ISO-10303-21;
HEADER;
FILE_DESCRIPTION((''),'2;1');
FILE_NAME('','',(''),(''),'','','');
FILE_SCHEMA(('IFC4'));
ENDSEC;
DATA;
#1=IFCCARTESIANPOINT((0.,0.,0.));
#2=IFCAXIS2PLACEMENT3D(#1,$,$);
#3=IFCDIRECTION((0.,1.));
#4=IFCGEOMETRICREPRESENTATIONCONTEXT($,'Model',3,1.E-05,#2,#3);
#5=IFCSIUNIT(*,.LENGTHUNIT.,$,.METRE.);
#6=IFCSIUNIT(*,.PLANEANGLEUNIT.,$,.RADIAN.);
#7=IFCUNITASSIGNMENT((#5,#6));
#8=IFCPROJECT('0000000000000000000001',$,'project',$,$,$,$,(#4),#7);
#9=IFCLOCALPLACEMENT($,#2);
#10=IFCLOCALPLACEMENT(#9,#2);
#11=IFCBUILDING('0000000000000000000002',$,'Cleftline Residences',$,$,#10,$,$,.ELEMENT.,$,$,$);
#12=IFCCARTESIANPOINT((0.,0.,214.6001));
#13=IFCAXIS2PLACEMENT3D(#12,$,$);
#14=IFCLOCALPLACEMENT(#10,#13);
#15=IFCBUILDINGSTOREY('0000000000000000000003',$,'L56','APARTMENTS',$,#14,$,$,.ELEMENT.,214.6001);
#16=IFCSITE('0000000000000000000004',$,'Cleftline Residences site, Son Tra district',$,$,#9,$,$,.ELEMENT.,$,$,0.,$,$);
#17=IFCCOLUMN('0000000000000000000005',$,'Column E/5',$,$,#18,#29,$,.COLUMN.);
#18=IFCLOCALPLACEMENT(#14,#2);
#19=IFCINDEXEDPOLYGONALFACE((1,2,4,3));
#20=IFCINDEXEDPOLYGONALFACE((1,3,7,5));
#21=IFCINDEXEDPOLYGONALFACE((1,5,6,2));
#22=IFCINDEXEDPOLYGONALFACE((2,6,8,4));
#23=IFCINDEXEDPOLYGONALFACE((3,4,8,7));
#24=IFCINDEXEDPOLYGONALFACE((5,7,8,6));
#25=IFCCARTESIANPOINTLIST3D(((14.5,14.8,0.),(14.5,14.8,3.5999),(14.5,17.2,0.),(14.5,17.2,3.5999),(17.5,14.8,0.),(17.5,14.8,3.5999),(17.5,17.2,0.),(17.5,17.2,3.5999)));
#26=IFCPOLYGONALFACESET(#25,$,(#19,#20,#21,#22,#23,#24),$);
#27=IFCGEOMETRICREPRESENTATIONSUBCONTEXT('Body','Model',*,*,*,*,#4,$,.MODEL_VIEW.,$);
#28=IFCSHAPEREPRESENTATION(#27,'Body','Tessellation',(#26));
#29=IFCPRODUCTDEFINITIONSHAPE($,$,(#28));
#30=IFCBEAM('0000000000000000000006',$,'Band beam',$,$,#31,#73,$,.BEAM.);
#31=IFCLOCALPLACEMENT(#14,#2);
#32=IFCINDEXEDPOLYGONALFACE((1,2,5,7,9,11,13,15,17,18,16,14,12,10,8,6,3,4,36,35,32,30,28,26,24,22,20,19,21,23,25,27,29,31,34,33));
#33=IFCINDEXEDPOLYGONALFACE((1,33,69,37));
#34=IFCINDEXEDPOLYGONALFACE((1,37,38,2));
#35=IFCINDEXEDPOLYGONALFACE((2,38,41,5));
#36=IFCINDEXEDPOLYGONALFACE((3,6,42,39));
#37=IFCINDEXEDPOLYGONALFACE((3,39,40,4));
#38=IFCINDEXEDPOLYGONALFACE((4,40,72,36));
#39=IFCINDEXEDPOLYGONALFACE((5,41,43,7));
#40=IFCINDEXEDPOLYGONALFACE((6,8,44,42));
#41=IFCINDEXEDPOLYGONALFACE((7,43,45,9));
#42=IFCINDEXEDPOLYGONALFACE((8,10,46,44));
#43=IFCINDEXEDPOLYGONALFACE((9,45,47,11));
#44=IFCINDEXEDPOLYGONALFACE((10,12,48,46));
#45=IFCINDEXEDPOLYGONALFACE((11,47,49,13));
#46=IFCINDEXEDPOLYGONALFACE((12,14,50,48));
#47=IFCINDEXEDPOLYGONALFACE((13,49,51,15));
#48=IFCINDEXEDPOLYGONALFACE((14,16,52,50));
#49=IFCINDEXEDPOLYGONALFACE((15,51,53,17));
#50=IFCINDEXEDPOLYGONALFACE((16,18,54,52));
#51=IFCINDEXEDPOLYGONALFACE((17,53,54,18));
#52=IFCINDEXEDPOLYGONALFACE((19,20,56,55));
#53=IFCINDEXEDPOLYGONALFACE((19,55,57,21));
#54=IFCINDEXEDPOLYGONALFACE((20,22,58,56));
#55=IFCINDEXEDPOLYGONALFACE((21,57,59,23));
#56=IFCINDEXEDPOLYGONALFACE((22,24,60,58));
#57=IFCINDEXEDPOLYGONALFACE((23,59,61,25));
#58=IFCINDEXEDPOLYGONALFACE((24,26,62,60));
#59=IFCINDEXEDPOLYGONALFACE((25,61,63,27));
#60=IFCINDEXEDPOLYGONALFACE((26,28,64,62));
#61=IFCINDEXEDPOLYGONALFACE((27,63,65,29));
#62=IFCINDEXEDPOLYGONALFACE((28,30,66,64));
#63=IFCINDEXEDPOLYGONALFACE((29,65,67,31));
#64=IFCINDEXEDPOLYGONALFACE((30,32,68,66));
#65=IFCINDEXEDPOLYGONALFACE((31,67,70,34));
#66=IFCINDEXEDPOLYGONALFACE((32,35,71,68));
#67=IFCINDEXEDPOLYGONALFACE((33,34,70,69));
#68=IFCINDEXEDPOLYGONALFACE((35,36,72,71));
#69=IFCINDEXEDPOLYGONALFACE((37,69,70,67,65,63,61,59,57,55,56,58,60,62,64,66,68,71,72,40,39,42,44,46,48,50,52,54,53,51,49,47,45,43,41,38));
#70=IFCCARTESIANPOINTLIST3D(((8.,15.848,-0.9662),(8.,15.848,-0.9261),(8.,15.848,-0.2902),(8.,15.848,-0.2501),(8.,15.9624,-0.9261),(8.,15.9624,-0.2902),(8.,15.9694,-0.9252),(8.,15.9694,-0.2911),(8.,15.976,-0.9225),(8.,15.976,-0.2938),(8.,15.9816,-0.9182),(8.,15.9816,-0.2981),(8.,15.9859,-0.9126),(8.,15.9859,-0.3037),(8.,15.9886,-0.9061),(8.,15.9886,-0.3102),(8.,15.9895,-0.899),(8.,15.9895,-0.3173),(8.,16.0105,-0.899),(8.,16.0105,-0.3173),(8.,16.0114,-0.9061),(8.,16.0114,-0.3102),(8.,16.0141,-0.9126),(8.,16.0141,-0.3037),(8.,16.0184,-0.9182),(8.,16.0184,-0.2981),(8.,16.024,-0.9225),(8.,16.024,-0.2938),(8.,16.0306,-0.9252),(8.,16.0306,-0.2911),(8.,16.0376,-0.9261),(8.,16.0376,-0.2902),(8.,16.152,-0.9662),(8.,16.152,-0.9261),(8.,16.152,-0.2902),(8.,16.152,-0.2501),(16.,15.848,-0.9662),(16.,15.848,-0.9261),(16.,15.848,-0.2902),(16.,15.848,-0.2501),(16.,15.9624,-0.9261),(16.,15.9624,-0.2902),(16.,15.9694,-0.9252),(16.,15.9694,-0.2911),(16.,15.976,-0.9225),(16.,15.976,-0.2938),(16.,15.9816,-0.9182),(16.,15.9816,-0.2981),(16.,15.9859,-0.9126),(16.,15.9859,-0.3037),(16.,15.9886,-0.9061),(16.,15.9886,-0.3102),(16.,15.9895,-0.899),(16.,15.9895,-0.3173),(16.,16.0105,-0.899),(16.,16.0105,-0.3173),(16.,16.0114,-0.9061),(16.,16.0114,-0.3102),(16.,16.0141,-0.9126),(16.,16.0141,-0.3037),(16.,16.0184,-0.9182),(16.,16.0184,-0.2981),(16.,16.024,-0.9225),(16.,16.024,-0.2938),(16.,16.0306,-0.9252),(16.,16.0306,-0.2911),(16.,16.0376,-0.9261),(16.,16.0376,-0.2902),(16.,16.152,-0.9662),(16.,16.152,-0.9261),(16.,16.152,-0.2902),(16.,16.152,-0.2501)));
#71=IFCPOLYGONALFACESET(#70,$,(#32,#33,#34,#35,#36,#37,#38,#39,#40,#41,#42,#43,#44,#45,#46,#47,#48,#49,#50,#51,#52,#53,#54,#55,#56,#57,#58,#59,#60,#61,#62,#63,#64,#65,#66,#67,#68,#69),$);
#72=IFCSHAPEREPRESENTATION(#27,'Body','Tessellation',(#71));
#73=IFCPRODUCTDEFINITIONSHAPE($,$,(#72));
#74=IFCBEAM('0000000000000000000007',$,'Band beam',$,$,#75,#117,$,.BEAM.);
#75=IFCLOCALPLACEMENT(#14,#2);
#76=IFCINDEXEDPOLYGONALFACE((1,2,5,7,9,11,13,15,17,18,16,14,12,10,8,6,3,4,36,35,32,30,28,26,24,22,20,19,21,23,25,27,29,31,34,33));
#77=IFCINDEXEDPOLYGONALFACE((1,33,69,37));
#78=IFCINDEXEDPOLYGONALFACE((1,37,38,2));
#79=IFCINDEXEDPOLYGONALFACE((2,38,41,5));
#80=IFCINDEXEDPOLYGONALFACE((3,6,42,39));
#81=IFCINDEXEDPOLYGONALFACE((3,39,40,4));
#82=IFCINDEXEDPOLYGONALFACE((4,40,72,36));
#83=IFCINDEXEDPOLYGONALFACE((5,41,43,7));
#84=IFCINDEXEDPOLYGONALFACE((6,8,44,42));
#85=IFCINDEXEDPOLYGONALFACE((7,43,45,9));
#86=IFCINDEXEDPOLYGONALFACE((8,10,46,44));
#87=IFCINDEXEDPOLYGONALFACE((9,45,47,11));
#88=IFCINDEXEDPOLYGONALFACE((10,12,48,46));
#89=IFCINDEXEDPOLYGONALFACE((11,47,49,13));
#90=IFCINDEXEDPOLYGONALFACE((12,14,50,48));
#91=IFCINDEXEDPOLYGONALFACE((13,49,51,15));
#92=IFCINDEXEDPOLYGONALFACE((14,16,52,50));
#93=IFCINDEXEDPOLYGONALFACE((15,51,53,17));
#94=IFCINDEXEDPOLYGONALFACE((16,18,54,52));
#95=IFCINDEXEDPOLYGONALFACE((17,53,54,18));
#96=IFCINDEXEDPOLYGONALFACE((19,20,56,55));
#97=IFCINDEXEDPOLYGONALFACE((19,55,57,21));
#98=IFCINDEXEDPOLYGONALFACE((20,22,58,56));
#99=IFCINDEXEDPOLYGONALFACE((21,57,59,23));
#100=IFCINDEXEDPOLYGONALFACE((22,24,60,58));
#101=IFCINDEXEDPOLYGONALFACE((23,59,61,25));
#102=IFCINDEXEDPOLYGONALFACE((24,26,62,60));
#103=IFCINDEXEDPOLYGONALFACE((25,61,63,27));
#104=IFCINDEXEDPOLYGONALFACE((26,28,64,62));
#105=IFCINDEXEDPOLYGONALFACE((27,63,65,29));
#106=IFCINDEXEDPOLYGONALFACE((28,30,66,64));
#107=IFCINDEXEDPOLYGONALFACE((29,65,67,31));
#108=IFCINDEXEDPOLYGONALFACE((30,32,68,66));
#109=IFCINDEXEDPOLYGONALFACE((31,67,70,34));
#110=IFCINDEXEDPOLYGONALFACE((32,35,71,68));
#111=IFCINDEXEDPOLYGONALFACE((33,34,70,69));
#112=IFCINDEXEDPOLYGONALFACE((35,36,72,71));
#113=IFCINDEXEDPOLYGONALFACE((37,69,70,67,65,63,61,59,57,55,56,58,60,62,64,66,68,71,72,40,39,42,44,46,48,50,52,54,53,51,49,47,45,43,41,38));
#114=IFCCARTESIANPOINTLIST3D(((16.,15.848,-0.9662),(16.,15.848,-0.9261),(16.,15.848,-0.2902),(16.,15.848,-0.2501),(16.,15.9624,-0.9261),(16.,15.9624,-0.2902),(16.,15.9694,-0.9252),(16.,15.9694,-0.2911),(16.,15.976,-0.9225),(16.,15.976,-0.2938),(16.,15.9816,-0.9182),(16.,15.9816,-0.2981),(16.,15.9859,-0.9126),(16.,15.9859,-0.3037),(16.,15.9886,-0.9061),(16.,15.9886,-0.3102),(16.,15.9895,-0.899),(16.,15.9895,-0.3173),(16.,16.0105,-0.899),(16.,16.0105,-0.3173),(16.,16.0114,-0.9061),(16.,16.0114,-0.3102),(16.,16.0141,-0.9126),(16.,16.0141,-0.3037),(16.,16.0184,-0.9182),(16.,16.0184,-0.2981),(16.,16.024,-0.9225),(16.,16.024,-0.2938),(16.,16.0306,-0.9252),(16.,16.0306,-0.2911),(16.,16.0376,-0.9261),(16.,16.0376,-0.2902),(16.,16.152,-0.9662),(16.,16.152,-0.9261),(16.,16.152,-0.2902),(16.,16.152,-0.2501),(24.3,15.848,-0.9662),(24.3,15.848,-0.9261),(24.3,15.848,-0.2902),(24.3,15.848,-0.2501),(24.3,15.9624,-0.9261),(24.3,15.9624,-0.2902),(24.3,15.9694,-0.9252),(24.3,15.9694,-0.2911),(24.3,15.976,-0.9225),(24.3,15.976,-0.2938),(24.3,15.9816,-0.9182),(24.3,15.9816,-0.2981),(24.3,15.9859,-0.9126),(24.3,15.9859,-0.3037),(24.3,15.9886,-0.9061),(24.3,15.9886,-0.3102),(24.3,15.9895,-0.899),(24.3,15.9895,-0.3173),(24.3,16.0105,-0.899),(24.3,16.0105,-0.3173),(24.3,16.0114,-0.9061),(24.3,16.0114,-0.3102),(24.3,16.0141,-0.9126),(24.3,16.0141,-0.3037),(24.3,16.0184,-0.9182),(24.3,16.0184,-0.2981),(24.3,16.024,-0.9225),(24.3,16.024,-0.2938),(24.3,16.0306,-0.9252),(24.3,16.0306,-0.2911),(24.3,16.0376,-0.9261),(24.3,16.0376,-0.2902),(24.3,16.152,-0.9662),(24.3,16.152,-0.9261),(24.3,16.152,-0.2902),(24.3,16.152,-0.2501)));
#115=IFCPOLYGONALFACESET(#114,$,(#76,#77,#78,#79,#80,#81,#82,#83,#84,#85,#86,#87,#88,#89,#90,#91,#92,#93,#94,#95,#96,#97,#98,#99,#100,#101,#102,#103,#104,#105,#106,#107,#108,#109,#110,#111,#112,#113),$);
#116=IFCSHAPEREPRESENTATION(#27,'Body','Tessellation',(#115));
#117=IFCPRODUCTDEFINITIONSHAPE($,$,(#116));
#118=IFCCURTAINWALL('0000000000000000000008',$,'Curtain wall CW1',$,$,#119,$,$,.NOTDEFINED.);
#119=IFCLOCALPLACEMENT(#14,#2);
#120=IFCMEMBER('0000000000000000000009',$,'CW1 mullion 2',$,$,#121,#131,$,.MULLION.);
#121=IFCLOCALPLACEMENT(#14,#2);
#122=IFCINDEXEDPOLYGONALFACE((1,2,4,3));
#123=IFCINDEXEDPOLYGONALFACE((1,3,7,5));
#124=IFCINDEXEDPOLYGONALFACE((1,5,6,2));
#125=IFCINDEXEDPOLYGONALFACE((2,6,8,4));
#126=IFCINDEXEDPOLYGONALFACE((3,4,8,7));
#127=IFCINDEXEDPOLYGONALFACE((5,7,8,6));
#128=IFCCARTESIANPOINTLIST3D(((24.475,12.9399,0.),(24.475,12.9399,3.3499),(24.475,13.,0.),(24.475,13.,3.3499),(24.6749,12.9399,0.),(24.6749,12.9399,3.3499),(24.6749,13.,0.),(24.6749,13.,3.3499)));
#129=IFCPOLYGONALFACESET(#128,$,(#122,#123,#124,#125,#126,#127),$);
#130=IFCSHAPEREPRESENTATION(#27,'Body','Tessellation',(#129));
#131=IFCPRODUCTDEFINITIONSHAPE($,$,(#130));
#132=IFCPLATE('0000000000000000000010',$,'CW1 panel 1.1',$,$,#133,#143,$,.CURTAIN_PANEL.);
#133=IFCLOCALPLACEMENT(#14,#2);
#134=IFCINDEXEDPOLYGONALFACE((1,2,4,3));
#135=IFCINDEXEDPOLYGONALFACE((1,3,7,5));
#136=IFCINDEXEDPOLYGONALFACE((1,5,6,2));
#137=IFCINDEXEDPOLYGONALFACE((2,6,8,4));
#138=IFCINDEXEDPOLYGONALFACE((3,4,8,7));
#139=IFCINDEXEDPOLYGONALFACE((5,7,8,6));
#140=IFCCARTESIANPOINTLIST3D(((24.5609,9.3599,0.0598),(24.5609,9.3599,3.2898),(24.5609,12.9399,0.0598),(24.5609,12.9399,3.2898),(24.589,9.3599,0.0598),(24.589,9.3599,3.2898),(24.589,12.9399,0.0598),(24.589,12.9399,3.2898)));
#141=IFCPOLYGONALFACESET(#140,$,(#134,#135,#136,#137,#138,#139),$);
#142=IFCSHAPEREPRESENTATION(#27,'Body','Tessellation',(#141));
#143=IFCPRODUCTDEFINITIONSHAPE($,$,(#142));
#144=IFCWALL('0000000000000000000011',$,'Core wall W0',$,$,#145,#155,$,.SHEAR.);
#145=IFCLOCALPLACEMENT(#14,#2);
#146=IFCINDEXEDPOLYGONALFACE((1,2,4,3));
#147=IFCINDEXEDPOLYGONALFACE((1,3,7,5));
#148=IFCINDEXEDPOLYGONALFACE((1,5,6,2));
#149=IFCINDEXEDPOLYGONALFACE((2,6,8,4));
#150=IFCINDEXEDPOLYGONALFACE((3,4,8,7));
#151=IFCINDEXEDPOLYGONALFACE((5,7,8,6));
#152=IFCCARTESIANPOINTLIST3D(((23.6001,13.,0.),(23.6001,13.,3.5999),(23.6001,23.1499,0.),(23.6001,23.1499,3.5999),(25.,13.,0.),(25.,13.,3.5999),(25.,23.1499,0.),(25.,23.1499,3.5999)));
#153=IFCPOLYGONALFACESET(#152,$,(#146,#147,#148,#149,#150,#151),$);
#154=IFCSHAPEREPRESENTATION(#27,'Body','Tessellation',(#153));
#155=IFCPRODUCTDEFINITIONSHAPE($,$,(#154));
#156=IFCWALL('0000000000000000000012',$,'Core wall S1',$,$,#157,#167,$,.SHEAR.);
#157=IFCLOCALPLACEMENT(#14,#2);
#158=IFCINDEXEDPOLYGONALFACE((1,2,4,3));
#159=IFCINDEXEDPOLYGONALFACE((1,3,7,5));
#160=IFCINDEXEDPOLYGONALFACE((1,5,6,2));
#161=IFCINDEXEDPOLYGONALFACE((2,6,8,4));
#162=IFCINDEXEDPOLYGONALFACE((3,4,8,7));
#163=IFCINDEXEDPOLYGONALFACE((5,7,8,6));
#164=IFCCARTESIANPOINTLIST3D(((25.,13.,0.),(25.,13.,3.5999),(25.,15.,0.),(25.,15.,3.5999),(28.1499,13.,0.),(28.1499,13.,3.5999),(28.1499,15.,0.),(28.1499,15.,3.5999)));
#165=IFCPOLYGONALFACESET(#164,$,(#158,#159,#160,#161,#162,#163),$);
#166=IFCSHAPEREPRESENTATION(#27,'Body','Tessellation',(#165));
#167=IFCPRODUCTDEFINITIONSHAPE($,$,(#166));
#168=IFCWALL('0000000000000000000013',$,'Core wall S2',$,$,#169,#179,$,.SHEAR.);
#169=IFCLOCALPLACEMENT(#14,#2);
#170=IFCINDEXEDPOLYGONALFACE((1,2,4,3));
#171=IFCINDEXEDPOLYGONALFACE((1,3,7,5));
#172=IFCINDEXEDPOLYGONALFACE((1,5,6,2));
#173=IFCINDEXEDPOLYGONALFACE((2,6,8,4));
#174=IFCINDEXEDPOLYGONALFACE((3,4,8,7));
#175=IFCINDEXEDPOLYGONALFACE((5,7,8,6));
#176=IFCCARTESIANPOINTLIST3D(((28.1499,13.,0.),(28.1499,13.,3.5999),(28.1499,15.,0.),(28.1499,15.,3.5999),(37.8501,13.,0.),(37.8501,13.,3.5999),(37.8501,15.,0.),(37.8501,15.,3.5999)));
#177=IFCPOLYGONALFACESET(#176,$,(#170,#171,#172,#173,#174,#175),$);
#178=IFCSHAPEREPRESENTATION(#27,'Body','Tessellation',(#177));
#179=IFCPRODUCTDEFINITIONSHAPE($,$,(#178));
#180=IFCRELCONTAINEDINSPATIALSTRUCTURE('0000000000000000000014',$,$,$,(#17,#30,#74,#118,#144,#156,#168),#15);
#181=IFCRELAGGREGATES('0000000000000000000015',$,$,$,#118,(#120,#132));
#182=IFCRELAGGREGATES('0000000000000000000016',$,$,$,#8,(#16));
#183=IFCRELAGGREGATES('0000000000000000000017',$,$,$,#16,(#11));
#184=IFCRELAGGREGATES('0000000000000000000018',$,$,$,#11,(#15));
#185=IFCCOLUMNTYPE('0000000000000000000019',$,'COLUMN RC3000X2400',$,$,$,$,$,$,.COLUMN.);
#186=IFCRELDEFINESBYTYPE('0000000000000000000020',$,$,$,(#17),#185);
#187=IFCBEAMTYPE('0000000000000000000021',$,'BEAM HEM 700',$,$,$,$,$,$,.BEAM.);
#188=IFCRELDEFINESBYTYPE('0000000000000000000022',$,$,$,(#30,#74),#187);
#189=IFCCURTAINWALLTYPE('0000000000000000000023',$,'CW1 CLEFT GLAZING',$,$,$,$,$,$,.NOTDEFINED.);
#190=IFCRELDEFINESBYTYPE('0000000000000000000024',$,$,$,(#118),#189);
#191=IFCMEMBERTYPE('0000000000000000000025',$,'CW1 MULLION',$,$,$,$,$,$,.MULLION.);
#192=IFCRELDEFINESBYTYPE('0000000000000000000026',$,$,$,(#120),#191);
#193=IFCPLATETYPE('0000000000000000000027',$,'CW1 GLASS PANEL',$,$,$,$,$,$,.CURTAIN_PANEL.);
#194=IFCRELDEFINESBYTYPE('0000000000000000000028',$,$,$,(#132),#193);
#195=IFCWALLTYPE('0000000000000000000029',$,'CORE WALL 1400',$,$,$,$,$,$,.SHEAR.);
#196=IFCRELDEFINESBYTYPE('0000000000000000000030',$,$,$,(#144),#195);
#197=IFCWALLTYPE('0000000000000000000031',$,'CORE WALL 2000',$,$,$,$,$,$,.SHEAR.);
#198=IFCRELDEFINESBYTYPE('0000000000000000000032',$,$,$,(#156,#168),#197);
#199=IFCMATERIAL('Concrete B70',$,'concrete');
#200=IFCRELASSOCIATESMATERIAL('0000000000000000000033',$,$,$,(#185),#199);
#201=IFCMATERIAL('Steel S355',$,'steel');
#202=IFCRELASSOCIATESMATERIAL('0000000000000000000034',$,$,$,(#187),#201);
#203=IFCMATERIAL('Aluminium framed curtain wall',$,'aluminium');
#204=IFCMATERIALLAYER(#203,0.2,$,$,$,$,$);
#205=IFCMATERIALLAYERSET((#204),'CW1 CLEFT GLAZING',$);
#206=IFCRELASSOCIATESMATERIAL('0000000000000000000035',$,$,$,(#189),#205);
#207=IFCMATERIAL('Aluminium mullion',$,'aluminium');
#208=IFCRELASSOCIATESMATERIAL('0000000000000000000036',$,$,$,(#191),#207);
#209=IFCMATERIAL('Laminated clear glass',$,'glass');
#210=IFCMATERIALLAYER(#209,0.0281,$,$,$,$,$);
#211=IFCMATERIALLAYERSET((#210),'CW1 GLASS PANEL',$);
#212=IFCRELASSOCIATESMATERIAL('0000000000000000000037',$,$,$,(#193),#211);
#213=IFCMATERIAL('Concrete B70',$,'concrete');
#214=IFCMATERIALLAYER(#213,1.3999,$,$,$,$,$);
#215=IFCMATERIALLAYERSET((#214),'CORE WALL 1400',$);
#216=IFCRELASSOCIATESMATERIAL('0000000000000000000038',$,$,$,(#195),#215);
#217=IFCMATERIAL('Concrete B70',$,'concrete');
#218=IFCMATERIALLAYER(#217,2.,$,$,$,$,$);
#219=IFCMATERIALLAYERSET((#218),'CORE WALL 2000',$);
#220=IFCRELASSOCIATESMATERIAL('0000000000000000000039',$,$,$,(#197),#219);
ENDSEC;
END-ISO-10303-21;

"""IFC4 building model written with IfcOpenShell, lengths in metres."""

from ifc_helpers import new_model, si_unit, direction, frame, frame_2d, origin, origin_2d, place, context, subcontext, project, spatial, rectangle, i_section, extrude, material, layer, layer_set, material_profile, profile_set, type_object, element, aggregate, save


model = new_model("IFC4")

# Units and contexts
model_context = context("Model", 3, precision=1e-05, world=origin(), true_north=direction((0.0, 1.0)))
body_context = subcontext(model_context, "Body", "Model", "MODEL_VIEW")
ifc_project = project(units=[si_unit("LENGTHUNIT", "METRE"), si_unit("PLANEANGLEUNIT", "RADIAN")], contexts=[model_context])

# Site, building, storey
site_placement = place(None, origin())
site = spatial("IfcSite", under=ifc_project, at=site_placement, Name="Cleftline Residences site, Son Tra district", CompositionType="ELEMENT", RefElevation=0.0)
building_placement = place(site_placement, origin())
building = spatial("IfcBuilding", under=site, at=building_placement, Name="Cleftline Residences", CompositionType="ELEMENT")
storey_placement = place(building_placement, frame((0.0, 0.0, 214.6001)))
storey = spatial("IfcBuildingStorey", under=building, at=storey_placement, Name="L56", Description="APARTMENTS", CompositionType="ELEMENT", Elevation=214.6001)

# Column
ifc_material_1 = material(Name="Concrete B70", Category="concrete")
ifc_material_profile_1 = material_profile(ifc_material_1, rectangle(XDim=3.0, YDim=2.3999, at=origin_2d()))
ifc_profile_set_1 = profile_set([ifc_material_profile_1], Name="Concrete B70")
column_type = type_object("IfcColumnType", Name="COLUMN RC3000X2400", PredefinedType="COLUMN", material=ifc_profile_set_1)
column_placement = place(storey_placement, frame((16.0, 16.0, 0.0), z_axis=(0.0, 0.0, 1.0), x_axis=(1.0, 0.0, 0.0)))
element("IfcColumn", 1, at=column_placement, inside=storey, type_object=column_type, Name="Column E/5", PredefinedType="COLUMN", context=body_context, shape_type="SweptSolid", body=[
    extrude(rectangle(XDim=3.0, YDim=2.3999, at=origin_2d()), origin(), (0.0, 0.0, 1.0), 3.5999),
])

# Beams
ifc_material_2 = material(Name="Steel S355", Category="steel")
ifc_material_profile_2 = material_profile(ifc_material_2, i_section(OverallWidth=0.304, OverallDepth=0.7161, WebThickness=0.021, FlangeThickness=0.04, FilletRadius=0.0271, at=origin_2d()))
ifc_profile_set_2 = profile_set([ifc_material_profile_2], Name="Steel S355")
beam_type = type_object("IfcBeamType", Name="BEAM HEM 700", PredefinedType="BEAM", material=ifc_profile_set_2)
beam_1_placement = place(storey_placement, frame((8.0, 16.0, -0.6082), z_axis=(1.0, 0.0, 0.0), x_axis=(0.0, 1.0, 0.0)))
element("IfcBeam", 2, at=beam_1_placement, inside=storey, type_object=beam_type, Name="Band beam", PredefinedType="BEAM", context=body_context, shape_type="SweptSolid", body=[
    extrude(i_section(OverallWidth=0.304, OverallDepth=0.7161, WebThickness=0.021, FlangeThickness=0.04, FilletRadius=0.0271, at=origin_2d()), origin(), (0.0, 0.0, 1.0), 8.0),
])
beam_2_placement = place(storey_placement, frame((16.0, 16.0, -0.6082), z_axis=(1.0, 0.0, 0.0), x_axis=(0.0, 1.0, 0.0)))
element("IfcBeam", 3, at=beam_2_placement, inside=storey, type_object=beam_type, Name="Band beam", PredefinedType="BEAM", context=body_context, shape_type="SweptSolid", body=[
    extrude(i_section(OverallWidth=0.304, OverallDepth=0.7161, WebThickness=0.021, FlangeThickness=0.04, FilletRadius=0.0271, at=origin_2d()), origin(), (0.0, 0.0, 1.0), 8.3),
])

# Curtain wall, member, plate
ifc_material_3 = material(Name="Aluminium framed curtain wall", Category="aluminium")
ifc_layer_1 = layer(ifc_material_3, 0.2)
ifc_layer_set_1 = layer_set([ifc_layer_1], Name="CW1 CLEFT GLAZING")
curtain_wall_type = type_object("IfcCurtainWallType", Name="CW1 CLEFT GLAZING", PredefinedType="NOTDEFINED", material=ifc_layer_set_1)
curtain_wall_placement = place(storey_placement, origin())
curtain_wall = element("IfcCurtainWall", 4, at=curtain_wall_placement, inside=storey, type_object=curtain_wall_type, Name="Curtain wall CW1", PredefinedType="NOTDEFINED")
ifc_material_4 = material(Name="Aluminium mullion", Category="aluminium")
ifc_material_profile_3 = material_profile(ifc_material_4, rectangle(XDim=0.2, YDim=0.0601, at=origin_2d()))
ifc_profile_set_3 = profile_set([ifc_material_profile_3], Name="Aluminium mullion")
member_type = type_object("IfcMemberType", Name="CW1 MULLION", PredefinedType="MULLION", material=ifc_profile_set_3)
member_placement = place(storey_placement, frame((24.575, 12.97, 0.0), z_axis=(0.0, 0.0, 1.0), x_axis=(-1.0, 0.0, 0.0)))
member = element("IfcMember", 5, at=member_placement, type_object=member_type, Name="CW1 mullion 2", PredefinedType="MULLION", context=body_context, shape_type="SweptSolid", body=[
    extrude(rectangle(XDim=0.2, YDim=0.0601, at=origin_2d()), origin(), (0.0, 0.0, 1.0), 3.3499),
])
ifc_material_5 = material(Name="Laminated clear glass", Category="glass")
ifc_layer_2 = layer(ifc_material_5, 0.0281)
ifc_layer_set_2 = layer_set([ifc_layer_2], Name="CW1 GLASS PANEL")
plate_type = type_object("IfcPlateType", Name="CW1 GLASS PANEL", PredefinedType="CURTAIN_PANEL", material=ifc_layer_set_2)
plate_placement = place(storey_placement, frame((24.575, 11.1499, 0.0598), z_axis=(0.0, 0.0, 1.0), x_axis=(0.0, 1.0, 0.0)))
plate = element("IfcPlate", 6, at=plate_placement, type_object=plate_type, Name="CW1 panel 1.1", PredefinedType="CURTAIN_PANEL", context=body_context, shape_type="SweptSolid", body=[
    extrude(rectangle(XDim=3.5801, YDim=0.0281, at=origin_2d()), origin(), (0.0, 0.0, 1.0), 3.23),
])
aggregate(curtain_wall, [member, plate])

# Wall
ifc_material_6 = material(Name="Concrete B70", Category="concrete")
ifc_layer_3 = layer(ifc_material_6, 1.3999)
ifc_layer_set_3 = layer_set([ifc_layer_3], Name="CORE WALL 1400")
wall_type_1 = type_object("IfcWallType", Name="CORE WALL 1400", PredefinedType="SHEAR", material=ifc_layer_set_3)
wall_1_placement = place(storey_placement, frame((24.3, 13.0, 0.0), z_axis=(0.0, 0.0, 1.0), x_axis=(0.0, 1.0, 0.0)))
element("IfcWall", 7, at=wall_1_placement, inside=storey, type_object=wall_type_1, Name="Core wall W0", PredefinedType="SHEAR", context=body_context, shape_type="SweptSolid", body=[
    extrude(rectangle(XDim=10.1499, YDim=1.3999, at=frame_2d((5.075, 0.0))), origin(), (0.0, 0.0, 1.0), 3.5999),
])

# Walls
ifc_material_7 = material(Name="Concrete B70", Category="concrete")
ifc_layer_4 = layer(ifc_material_7, 2.0)
ifc_layer_set_4 = layer_set([ifc_layer_4], Name="CORE WALL 2000")
wall_type_2 = type_object("IfcWallType", Name="CORE WALL 2000", PredefinedType="SHEAR", material=ifc_layer_set_4)
wall_2_placement = place(storey_placement, frame((25.0, 14.0, 0.0), z_axis=(0.0, 0.0, 1.0), x_axis=(1.0, 0.0, 0.0)))
element("IfcWall", 8, at=wall_2_placement, inside=storey, type_object=wall_type_2, Name="Core wall S1", PredefinedType="SHEAR", context=body_context, shape_type="SweptSolid", body=[
    extrude(rectangle(XDim=3.1499, YDim=2.0, at=frame_2d((1.575, 0.0))), origin(), (0.0, 0.0, 1.0), 3.5999),
])
wall_3_placement = place(storey_placement, frame((28.1499, 14.0, 0.0), z_axis=(0.0, 0.0, 1.0), x_axis=(1.0, 0.0, 0.0)))
element("IfcWall", 9, at=wall_3_placement, inside=storey, type_object=wall_type_2, Name="Core wall S2", PredefinedType="SHEAR", context=body_context, shape_type="SweptSolid", body=[
    extrude(rectangle(XDim=9.7002, YDim=2.0, at=frame_2d((4.8501, 0.0))), origin(), (0.0, 0.0, 1.0), 3.5999),
])

save(model, "model.ifc")
